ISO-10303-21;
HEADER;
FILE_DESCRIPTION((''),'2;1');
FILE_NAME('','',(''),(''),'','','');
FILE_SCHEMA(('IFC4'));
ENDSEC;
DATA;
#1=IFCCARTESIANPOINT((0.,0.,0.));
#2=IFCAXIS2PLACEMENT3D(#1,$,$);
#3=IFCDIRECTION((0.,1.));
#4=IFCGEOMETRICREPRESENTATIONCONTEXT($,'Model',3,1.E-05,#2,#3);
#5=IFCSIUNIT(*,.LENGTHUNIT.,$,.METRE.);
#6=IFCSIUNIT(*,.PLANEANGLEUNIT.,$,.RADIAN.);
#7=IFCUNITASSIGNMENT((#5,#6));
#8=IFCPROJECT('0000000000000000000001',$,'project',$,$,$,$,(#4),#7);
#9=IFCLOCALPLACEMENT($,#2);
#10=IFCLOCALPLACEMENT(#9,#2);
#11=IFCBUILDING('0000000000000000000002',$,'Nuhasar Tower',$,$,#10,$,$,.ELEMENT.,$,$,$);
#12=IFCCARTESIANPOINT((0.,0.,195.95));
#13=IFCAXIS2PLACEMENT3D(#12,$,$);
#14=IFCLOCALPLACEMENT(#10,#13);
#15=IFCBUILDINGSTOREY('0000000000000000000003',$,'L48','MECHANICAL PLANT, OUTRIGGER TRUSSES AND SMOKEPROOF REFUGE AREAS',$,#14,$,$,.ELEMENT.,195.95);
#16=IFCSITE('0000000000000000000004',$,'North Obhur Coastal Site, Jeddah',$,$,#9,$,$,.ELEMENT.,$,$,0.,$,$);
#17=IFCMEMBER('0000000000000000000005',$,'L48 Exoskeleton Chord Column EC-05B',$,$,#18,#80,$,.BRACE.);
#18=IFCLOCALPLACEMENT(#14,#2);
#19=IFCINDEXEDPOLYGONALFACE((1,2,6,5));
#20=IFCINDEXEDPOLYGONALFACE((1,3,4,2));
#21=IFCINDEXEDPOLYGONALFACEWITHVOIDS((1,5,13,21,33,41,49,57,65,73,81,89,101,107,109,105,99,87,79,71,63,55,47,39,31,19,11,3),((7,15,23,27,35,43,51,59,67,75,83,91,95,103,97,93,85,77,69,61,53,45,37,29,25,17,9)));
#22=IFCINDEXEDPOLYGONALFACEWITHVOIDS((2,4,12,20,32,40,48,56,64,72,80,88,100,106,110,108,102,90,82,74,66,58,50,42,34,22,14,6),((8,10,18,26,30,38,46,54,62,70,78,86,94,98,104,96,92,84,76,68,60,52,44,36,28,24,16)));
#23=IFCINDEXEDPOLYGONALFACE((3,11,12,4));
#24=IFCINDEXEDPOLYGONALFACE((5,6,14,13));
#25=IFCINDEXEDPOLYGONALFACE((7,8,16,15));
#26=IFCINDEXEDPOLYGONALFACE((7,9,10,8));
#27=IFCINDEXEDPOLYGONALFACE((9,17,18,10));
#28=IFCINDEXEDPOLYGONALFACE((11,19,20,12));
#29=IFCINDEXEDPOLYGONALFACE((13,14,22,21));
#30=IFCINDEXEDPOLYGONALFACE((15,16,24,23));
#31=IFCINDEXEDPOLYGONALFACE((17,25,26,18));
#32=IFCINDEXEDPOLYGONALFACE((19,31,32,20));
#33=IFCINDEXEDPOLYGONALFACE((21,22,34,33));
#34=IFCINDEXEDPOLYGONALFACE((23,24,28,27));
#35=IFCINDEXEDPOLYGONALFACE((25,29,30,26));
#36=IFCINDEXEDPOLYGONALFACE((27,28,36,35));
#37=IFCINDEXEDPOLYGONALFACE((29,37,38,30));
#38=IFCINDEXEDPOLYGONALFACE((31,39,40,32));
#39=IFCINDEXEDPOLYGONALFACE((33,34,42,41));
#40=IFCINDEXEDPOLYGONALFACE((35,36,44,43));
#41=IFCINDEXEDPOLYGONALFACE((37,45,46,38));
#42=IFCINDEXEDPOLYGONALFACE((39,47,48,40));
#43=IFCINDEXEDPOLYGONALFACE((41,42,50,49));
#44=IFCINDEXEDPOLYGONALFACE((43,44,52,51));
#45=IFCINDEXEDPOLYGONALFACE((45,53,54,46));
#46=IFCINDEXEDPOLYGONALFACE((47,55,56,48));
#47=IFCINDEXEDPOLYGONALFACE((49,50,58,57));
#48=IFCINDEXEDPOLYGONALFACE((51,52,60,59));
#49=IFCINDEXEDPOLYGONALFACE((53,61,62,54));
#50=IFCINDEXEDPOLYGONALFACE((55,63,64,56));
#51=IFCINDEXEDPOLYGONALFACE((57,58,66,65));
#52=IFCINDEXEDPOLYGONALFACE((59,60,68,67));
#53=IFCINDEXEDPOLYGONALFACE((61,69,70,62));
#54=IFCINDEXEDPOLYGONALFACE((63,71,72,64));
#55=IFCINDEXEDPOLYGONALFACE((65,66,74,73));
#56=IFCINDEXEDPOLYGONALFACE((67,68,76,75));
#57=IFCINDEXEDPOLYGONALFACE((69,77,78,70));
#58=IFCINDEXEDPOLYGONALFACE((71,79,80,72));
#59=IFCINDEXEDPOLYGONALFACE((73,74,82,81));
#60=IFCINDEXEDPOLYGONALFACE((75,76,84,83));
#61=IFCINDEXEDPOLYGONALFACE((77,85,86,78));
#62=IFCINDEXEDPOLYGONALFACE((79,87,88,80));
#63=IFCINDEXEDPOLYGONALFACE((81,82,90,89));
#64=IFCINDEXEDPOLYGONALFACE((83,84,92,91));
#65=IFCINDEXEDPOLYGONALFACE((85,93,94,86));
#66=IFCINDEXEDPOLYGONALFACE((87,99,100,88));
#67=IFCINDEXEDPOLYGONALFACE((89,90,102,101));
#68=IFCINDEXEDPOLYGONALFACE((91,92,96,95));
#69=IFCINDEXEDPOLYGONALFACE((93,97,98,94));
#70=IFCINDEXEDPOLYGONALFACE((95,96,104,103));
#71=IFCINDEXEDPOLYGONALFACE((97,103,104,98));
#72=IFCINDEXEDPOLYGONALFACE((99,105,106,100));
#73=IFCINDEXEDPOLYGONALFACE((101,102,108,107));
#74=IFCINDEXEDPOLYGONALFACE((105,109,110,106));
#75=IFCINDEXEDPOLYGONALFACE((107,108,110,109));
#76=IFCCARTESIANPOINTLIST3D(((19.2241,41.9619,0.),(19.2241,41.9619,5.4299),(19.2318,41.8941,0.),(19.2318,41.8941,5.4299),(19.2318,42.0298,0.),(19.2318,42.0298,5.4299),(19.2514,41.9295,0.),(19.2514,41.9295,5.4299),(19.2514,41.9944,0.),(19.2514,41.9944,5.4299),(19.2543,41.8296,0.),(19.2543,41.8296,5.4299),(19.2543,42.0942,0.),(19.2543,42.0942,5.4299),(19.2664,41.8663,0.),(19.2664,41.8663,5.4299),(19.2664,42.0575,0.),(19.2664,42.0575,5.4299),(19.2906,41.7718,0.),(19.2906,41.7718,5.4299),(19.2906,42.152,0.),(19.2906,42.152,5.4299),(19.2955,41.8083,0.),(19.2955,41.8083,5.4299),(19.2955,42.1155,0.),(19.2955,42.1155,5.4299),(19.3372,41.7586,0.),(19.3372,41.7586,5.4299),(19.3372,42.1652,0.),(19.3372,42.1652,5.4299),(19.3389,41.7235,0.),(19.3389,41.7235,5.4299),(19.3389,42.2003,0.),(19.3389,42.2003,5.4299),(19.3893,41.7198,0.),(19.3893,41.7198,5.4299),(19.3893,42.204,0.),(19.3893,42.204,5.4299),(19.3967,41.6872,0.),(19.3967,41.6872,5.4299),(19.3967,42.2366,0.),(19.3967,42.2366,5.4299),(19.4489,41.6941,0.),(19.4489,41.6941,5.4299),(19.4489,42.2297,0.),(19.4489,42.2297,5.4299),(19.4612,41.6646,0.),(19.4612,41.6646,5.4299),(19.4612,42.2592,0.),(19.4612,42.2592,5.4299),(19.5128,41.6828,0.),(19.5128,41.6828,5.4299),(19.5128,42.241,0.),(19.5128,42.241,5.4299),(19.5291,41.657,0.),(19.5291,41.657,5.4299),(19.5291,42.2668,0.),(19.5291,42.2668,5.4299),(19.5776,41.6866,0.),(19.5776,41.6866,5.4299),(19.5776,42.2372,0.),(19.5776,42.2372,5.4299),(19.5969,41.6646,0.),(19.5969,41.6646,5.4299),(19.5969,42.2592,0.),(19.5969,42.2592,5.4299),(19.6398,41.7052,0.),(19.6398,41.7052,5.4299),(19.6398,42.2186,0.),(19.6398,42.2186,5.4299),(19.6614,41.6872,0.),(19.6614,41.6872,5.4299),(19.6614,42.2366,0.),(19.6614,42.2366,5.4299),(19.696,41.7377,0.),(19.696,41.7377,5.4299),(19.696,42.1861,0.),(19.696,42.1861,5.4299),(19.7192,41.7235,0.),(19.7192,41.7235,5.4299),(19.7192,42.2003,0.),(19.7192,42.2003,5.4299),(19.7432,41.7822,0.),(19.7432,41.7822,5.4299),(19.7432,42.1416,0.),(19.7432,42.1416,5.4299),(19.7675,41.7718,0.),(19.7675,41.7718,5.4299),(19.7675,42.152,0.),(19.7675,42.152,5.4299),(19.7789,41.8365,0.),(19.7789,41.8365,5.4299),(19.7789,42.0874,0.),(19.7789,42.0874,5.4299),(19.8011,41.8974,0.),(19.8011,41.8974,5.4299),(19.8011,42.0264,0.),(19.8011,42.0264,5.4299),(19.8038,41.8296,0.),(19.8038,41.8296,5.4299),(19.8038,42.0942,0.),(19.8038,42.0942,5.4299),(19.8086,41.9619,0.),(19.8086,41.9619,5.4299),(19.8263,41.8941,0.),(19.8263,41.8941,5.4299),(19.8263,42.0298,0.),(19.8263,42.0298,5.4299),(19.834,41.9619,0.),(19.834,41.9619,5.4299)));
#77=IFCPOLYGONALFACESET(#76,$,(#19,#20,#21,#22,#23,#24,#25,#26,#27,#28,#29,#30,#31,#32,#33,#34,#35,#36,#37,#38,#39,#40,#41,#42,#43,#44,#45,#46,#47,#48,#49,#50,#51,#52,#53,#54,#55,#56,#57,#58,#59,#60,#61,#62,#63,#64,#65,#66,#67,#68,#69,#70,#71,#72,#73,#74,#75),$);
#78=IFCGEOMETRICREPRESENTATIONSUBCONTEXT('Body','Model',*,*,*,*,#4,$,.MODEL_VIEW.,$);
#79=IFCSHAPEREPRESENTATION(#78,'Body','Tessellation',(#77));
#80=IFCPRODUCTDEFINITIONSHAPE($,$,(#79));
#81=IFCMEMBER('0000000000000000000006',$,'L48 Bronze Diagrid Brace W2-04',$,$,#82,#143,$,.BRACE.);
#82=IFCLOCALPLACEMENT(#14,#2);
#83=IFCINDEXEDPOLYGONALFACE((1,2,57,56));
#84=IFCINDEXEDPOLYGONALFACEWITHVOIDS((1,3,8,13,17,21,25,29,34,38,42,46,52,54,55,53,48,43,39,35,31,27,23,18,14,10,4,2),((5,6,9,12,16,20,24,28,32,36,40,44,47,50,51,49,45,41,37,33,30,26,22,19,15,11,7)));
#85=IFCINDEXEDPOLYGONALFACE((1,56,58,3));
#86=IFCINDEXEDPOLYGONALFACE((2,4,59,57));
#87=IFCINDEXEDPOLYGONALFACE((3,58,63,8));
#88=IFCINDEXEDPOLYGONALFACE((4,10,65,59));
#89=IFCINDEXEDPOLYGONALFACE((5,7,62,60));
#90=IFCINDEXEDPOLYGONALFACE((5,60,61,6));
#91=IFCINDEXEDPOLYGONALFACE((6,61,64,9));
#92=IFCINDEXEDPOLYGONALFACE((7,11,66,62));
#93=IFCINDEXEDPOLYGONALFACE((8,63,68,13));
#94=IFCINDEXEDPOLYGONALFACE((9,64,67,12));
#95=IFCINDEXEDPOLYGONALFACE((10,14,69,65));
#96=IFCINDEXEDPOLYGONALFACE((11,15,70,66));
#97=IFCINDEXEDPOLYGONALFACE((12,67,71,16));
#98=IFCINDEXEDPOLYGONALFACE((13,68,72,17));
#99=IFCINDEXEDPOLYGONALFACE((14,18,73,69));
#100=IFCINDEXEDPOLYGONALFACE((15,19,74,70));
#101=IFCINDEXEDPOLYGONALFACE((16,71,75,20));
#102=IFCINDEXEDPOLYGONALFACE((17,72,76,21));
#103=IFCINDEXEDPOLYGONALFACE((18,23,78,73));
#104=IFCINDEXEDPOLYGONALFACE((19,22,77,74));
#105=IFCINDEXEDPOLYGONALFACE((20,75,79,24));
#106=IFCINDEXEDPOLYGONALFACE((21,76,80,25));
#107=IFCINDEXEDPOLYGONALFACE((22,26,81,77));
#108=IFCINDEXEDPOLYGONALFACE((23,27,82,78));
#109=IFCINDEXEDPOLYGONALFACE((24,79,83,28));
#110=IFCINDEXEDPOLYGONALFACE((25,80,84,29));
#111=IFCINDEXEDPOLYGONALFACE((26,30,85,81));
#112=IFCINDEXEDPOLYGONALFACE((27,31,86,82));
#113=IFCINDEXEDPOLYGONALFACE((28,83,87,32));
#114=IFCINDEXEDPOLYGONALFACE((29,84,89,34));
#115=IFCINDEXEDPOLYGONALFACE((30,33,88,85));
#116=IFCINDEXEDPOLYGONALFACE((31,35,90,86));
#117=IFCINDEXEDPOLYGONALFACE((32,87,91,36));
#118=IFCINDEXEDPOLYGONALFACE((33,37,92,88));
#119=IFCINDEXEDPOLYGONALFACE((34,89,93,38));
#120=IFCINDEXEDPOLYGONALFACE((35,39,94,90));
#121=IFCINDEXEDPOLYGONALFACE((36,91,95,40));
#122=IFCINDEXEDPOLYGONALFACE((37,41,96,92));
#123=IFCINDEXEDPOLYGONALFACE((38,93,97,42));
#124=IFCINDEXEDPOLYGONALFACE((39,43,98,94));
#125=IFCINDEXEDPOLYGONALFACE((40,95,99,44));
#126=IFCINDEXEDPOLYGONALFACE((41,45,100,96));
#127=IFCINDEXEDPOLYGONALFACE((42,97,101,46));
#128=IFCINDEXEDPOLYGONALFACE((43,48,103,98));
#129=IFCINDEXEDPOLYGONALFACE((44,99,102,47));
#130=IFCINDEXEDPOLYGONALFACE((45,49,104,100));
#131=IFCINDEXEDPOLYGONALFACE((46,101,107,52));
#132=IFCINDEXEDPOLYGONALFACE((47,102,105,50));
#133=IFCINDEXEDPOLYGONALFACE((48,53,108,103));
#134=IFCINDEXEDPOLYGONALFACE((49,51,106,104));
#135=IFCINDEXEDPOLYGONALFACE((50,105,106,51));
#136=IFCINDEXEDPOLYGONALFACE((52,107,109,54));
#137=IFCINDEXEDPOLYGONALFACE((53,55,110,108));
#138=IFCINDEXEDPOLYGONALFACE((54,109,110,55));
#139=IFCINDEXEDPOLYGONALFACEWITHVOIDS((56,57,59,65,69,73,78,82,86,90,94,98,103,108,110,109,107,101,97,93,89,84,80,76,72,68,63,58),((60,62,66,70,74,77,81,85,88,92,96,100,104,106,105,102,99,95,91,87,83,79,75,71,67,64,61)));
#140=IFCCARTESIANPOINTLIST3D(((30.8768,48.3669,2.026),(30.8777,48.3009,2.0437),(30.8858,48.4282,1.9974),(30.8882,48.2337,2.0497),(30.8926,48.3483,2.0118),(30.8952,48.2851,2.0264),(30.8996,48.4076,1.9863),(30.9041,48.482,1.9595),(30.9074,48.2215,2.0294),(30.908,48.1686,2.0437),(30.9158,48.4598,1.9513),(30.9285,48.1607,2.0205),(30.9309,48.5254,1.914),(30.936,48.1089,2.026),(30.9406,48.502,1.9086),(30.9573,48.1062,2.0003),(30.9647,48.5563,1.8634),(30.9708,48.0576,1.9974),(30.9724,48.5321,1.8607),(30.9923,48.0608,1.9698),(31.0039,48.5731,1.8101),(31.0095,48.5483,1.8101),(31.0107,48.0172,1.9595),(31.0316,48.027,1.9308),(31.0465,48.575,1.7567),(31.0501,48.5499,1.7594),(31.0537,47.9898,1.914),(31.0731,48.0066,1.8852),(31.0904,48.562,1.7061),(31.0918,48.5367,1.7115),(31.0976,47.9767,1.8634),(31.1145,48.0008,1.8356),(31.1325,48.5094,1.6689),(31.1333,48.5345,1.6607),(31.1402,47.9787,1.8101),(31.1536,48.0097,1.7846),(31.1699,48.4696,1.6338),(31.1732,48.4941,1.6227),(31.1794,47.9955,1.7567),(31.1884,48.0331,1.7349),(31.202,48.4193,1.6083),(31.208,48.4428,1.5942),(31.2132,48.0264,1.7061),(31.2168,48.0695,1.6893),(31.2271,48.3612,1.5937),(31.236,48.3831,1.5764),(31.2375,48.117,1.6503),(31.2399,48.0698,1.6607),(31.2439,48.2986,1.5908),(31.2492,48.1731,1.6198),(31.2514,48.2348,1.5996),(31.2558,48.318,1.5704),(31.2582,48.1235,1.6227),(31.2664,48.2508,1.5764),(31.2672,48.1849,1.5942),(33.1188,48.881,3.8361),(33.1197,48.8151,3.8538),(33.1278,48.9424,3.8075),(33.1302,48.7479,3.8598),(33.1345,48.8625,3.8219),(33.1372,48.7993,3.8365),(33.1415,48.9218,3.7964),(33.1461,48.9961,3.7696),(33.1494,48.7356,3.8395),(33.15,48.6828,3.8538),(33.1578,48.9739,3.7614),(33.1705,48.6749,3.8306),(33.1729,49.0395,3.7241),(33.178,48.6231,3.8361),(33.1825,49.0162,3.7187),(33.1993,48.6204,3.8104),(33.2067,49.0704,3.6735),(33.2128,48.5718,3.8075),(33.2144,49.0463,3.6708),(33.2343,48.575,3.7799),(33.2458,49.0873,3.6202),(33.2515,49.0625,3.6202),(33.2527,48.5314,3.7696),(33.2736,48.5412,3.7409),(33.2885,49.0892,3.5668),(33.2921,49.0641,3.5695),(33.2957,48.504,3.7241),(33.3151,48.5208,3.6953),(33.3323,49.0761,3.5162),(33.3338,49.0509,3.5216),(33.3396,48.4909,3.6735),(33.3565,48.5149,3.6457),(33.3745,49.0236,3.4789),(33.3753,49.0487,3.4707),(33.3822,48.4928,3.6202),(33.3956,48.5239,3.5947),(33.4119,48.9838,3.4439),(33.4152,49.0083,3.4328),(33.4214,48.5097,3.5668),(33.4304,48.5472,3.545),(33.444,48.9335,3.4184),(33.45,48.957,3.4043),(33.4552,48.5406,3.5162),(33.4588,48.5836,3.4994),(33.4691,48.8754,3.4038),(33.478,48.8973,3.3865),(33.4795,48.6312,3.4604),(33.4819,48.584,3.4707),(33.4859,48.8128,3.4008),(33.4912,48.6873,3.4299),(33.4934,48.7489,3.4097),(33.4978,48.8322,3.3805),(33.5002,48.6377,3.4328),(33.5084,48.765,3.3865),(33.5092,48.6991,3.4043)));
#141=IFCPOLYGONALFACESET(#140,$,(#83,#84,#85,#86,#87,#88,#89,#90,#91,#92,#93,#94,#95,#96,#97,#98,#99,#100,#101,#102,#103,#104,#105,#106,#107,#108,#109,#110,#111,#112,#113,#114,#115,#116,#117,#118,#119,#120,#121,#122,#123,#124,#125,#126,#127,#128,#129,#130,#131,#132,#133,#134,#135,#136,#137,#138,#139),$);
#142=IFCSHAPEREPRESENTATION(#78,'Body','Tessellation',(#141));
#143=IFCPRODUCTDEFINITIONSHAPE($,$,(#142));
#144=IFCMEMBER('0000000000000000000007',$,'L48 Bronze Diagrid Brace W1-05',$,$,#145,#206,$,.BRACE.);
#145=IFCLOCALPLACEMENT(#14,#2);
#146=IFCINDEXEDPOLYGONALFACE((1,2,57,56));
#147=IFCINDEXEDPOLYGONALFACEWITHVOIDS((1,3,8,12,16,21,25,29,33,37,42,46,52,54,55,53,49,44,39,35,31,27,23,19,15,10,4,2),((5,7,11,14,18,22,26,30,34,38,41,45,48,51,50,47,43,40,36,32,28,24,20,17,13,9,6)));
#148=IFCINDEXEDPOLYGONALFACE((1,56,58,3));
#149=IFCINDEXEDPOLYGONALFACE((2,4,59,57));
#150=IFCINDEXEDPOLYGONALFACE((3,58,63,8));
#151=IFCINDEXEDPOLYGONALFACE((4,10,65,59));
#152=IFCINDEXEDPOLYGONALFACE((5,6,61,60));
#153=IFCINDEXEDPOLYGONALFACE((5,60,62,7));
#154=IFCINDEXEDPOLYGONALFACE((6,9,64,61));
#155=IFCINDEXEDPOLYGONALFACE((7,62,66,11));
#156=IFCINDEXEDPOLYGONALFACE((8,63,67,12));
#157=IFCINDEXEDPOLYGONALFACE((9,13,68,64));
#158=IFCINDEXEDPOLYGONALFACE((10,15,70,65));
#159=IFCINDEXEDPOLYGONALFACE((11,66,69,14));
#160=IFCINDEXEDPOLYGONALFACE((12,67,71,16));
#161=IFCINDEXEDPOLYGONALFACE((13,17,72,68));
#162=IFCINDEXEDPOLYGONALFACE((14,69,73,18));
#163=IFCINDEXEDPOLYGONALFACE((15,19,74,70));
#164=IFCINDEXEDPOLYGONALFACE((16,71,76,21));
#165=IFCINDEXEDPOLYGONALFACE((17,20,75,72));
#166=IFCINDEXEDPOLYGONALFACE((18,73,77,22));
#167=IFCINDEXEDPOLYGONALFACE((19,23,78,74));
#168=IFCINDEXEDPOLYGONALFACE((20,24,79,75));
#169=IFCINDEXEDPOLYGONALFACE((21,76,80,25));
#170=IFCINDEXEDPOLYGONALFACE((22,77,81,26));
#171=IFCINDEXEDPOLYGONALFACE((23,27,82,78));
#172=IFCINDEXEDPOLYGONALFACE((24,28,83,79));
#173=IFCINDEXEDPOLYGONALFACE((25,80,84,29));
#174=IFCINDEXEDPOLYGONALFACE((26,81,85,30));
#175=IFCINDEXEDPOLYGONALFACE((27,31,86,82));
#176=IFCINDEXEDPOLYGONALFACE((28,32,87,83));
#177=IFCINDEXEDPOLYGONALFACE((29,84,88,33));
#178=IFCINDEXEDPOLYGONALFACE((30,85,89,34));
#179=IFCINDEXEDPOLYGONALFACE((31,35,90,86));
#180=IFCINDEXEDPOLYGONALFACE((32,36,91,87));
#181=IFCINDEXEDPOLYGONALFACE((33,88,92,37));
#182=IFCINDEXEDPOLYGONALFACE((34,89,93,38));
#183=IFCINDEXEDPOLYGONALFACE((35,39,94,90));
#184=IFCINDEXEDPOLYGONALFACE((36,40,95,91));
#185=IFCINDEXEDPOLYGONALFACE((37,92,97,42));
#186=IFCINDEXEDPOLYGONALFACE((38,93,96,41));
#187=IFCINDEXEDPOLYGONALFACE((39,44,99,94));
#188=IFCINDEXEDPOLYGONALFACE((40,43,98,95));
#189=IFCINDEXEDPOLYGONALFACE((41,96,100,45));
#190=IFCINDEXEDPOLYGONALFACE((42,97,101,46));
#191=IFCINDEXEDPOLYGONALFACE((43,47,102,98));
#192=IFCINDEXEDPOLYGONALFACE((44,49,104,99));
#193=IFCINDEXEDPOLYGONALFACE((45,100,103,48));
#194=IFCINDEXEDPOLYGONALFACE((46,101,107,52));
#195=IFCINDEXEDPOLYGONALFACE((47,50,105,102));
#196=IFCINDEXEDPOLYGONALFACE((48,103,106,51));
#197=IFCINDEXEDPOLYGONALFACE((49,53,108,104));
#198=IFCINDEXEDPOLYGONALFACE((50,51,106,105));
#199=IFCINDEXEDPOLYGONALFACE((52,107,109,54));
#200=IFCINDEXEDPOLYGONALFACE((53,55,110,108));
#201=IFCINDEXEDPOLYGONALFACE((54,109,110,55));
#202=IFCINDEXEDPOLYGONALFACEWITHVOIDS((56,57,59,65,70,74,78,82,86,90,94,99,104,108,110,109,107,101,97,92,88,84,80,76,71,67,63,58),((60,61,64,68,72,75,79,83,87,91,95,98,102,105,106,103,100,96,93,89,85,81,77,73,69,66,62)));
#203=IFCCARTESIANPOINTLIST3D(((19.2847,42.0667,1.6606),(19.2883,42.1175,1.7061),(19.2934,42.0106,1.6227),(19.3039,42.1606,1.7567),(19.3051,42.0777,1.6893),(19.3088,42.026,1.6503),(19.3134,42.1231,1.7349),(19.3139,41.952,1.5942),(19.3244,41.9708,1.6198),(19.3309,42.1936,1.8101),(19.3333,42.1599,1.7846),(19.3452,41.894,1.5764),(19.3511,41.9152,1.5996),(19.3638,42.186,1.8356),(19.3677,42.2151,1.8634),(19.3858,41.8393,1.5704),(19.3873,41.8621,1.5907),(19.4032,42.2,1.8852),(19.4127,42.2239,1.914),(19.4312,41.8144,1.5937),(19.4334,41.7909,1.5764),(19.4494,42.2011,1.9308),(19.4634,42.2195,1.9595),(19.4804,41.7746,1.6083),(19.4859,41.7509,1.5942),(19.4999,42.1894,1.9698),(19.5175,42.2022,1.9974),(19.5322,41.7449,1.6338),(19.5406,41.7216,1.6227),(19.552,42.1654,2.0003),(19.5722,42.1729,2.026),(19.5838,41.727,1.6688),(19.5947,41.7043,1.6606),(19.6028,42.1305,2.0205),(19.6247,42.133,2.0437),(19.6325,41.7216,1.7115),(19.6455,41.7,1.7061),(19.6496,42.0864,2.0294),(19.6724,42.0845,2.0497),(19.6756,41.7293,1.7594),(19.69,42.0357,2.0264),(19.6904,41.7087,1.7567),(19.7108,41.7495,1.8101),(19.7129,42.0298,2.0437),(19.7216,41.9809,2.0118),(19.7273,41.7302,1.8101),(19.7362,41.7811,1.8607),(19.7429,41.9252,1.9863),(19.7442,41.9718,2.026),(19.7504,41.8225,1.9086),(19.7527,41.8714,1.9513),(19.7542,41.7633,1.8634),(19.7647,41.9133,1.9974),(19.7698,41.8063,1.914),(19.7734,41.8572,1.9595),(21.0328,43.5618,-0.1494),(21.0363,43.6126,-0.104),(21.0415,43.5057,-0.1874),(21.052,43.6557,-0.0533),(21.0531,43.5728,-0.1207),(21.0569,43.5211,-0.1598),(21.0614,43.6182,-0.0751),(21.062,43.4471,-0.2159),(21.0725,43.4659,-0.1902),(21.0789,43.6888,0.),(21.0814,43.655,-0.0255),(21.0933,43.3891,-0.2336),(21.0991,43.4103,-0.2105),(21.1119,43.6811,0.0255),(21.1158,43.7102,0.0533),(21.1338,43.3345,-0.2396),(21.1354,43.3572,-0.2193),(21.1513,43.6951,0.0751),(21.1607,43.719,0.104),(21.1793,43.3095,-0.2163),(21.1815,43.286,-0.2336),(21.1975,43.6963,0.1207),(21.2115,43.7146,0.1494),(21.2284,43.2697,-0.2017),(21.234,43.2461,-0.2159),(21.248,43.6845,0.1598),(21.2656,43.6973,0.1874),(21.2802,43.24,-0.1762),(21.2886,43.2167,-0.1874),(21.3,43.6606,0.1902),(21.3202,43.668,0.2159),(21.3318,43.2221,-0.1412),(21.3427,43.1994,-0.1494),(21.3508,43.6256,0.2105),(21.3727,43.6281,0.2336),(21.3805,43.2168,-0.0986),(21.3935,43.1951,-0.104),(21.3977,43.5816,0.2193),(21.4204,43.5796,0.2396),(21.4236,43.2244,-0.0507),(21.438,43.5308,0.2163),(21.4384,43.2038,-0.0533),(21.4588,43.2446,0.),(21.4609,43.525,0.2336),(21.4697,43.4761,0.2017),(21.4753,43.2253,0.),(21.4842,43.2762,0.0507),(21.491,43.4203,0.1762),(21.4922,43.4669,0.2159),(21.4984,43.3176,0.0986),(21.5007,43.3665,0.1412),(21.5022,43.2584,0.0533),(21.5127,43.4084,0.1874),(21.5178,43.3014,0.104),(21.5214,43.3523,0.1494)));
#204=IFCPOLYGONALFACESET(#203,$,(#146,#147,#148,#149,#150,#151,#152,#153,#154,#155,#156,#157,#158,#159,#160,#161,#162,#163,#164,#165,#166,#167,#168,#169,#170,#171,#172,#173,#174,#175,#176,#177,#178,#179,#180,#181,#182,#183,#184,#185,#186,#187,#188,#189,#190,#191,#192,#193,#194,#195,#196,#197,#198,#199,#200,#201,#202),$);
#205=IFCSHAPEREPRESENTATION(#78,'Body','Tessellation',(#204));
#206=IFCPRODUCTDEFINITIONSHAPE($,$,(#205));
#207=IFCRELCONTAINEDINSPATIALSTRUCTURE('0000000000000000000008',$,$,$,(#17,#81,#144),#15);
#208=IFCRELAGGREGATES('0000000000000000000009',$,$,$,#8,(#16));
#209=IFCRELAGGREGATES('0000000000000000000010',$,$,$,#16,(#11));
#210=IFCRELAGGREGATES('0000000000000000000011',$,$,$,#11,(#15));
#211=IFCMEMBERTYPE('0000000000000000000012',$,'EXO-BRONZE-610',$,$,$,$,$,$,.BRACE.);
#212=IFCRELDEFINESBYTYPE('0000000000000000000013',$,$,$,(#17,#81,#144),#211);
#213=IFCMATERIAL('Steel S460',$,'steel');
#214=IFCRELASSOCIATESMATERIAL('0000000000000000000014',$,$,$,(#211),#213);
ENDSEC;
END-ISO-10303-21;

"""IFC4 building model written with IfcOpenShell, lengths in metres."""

from ifc_helpers import new_model, si_unit, direction, frame, origin, origin_2d, place, context, subcontext, project, spatial, hollow_circle, extrude, material, material_profile, profile_set, type_object, element, save


model = new_model("IFC4")

# Units and contexts
model_context = context("Model", 3, precision=1e-05, world=origin(), true_north=direction((0.0, 1.0)))
body_context = subcontext(model_context, "Body", "Model", "MODEL_VIEW")
ifc_project = project(units=[si_unit("LENGTHUNIT", "METRE"), si_unit("PLANEANGLEUNIT", "RADIAN")], contexts=[model_context])

# Site, building, storey
site_placement = place(None, origin())
site = spatial("IfcSite", under=ifc_project, at=site_placement, Name="North Obhur Coastal Site, Jeddah", CompositionType="ELEMENT", RefElevation=0.0)
building_placement = place(site_placement, origin())
building = spatial("IfcBuilding", under=site, at=building_placement, Name="Nuhasar Tower", CompositionType="ELEMENT")
storey_placement = place(building_placement, frame((0.0, 0.0, 195.95)))
storey = spatial("IfcBuildingStorey", under=building, at=storey_placement, Name="L48", Description="MECHANICAL PLANT, OUTRIGGER TRUSSES AND SMOKEPROOF REFUGE AREAS", CompositionType="ELEMENT", Elevation=195.95)

# Shared definitions
ifc_material_1 = material(Name="Steel S460", Category="steel")

# Members
ifc_material_profile_1 = material_profile(ifc_material_1, hollow_circle(Radius=0.3049, WallThickness=0.0254, at=origin_2d()), Name="HSS610X25.4")
ifc_profile_set_1 = profile_set([ifc_material_profile_1], Name="Steel S460")
member_type_1 = type_object("IfcMemberType", Name="EXO-BRONZE-610", PredefinedType="BRACE", material=ifc_profile_set_1)
for number, where, z_axis, x_axis, name in (
    (1, (19.5291, 41.9619, 0.0), (0.0, 0.0, 1.0), (1.0, 0.0, 0.0), "L48 Exoskeleton Chord Column EC-05B"),
):
    element("IfcMember", number, at=place(storey_placement, frame(where, z_axis=z_axis, x_axis=x_axis)), inside=storey, type_object=member_type_1, Name=name, PredefinedType="BRACE", context=body_context, shape_type="SweptSolid", body=[
        extrude(hollow_circle(Radius=0.3049, WallThickness=0.0254, at=origin_2d()), origin(), (0.0, 0.0, 1.0), 5.4299),
    ])
for number, where, z_axis, x_axis, name in (
    (2, (31.072, 48.2759, 1.8101), (0.765968, 0.175665, 0.618413), (-0.223534, 0.974696, 0.0), "L48 Bronze Diagrid Brace W2-04"),
    (3, (21.2771, 43.457, 0.0), (-0.597214, -0.510801, 0.6184), (0.649987, -0.759945, 0.0), "L48 Bronze Diagrid Brace W1-05"),
):
    element("IfcMember", number, at=place(storey_placement, frame(where, z_axis=z_axis, x_axis=x_axis)), inside=storey, type_object=member_type_1, Name=name, PredefinedType="BRACE", context=body_context, shape_type="SweptSolid", body=[
        extrude(hollow_circle(Radius=0.3049, WallThickness=0.0254, at=origin_2d()), origin(), (0.0, 0.0, 1.0), 2.927),
    ])

save(model, "model.ifc")
